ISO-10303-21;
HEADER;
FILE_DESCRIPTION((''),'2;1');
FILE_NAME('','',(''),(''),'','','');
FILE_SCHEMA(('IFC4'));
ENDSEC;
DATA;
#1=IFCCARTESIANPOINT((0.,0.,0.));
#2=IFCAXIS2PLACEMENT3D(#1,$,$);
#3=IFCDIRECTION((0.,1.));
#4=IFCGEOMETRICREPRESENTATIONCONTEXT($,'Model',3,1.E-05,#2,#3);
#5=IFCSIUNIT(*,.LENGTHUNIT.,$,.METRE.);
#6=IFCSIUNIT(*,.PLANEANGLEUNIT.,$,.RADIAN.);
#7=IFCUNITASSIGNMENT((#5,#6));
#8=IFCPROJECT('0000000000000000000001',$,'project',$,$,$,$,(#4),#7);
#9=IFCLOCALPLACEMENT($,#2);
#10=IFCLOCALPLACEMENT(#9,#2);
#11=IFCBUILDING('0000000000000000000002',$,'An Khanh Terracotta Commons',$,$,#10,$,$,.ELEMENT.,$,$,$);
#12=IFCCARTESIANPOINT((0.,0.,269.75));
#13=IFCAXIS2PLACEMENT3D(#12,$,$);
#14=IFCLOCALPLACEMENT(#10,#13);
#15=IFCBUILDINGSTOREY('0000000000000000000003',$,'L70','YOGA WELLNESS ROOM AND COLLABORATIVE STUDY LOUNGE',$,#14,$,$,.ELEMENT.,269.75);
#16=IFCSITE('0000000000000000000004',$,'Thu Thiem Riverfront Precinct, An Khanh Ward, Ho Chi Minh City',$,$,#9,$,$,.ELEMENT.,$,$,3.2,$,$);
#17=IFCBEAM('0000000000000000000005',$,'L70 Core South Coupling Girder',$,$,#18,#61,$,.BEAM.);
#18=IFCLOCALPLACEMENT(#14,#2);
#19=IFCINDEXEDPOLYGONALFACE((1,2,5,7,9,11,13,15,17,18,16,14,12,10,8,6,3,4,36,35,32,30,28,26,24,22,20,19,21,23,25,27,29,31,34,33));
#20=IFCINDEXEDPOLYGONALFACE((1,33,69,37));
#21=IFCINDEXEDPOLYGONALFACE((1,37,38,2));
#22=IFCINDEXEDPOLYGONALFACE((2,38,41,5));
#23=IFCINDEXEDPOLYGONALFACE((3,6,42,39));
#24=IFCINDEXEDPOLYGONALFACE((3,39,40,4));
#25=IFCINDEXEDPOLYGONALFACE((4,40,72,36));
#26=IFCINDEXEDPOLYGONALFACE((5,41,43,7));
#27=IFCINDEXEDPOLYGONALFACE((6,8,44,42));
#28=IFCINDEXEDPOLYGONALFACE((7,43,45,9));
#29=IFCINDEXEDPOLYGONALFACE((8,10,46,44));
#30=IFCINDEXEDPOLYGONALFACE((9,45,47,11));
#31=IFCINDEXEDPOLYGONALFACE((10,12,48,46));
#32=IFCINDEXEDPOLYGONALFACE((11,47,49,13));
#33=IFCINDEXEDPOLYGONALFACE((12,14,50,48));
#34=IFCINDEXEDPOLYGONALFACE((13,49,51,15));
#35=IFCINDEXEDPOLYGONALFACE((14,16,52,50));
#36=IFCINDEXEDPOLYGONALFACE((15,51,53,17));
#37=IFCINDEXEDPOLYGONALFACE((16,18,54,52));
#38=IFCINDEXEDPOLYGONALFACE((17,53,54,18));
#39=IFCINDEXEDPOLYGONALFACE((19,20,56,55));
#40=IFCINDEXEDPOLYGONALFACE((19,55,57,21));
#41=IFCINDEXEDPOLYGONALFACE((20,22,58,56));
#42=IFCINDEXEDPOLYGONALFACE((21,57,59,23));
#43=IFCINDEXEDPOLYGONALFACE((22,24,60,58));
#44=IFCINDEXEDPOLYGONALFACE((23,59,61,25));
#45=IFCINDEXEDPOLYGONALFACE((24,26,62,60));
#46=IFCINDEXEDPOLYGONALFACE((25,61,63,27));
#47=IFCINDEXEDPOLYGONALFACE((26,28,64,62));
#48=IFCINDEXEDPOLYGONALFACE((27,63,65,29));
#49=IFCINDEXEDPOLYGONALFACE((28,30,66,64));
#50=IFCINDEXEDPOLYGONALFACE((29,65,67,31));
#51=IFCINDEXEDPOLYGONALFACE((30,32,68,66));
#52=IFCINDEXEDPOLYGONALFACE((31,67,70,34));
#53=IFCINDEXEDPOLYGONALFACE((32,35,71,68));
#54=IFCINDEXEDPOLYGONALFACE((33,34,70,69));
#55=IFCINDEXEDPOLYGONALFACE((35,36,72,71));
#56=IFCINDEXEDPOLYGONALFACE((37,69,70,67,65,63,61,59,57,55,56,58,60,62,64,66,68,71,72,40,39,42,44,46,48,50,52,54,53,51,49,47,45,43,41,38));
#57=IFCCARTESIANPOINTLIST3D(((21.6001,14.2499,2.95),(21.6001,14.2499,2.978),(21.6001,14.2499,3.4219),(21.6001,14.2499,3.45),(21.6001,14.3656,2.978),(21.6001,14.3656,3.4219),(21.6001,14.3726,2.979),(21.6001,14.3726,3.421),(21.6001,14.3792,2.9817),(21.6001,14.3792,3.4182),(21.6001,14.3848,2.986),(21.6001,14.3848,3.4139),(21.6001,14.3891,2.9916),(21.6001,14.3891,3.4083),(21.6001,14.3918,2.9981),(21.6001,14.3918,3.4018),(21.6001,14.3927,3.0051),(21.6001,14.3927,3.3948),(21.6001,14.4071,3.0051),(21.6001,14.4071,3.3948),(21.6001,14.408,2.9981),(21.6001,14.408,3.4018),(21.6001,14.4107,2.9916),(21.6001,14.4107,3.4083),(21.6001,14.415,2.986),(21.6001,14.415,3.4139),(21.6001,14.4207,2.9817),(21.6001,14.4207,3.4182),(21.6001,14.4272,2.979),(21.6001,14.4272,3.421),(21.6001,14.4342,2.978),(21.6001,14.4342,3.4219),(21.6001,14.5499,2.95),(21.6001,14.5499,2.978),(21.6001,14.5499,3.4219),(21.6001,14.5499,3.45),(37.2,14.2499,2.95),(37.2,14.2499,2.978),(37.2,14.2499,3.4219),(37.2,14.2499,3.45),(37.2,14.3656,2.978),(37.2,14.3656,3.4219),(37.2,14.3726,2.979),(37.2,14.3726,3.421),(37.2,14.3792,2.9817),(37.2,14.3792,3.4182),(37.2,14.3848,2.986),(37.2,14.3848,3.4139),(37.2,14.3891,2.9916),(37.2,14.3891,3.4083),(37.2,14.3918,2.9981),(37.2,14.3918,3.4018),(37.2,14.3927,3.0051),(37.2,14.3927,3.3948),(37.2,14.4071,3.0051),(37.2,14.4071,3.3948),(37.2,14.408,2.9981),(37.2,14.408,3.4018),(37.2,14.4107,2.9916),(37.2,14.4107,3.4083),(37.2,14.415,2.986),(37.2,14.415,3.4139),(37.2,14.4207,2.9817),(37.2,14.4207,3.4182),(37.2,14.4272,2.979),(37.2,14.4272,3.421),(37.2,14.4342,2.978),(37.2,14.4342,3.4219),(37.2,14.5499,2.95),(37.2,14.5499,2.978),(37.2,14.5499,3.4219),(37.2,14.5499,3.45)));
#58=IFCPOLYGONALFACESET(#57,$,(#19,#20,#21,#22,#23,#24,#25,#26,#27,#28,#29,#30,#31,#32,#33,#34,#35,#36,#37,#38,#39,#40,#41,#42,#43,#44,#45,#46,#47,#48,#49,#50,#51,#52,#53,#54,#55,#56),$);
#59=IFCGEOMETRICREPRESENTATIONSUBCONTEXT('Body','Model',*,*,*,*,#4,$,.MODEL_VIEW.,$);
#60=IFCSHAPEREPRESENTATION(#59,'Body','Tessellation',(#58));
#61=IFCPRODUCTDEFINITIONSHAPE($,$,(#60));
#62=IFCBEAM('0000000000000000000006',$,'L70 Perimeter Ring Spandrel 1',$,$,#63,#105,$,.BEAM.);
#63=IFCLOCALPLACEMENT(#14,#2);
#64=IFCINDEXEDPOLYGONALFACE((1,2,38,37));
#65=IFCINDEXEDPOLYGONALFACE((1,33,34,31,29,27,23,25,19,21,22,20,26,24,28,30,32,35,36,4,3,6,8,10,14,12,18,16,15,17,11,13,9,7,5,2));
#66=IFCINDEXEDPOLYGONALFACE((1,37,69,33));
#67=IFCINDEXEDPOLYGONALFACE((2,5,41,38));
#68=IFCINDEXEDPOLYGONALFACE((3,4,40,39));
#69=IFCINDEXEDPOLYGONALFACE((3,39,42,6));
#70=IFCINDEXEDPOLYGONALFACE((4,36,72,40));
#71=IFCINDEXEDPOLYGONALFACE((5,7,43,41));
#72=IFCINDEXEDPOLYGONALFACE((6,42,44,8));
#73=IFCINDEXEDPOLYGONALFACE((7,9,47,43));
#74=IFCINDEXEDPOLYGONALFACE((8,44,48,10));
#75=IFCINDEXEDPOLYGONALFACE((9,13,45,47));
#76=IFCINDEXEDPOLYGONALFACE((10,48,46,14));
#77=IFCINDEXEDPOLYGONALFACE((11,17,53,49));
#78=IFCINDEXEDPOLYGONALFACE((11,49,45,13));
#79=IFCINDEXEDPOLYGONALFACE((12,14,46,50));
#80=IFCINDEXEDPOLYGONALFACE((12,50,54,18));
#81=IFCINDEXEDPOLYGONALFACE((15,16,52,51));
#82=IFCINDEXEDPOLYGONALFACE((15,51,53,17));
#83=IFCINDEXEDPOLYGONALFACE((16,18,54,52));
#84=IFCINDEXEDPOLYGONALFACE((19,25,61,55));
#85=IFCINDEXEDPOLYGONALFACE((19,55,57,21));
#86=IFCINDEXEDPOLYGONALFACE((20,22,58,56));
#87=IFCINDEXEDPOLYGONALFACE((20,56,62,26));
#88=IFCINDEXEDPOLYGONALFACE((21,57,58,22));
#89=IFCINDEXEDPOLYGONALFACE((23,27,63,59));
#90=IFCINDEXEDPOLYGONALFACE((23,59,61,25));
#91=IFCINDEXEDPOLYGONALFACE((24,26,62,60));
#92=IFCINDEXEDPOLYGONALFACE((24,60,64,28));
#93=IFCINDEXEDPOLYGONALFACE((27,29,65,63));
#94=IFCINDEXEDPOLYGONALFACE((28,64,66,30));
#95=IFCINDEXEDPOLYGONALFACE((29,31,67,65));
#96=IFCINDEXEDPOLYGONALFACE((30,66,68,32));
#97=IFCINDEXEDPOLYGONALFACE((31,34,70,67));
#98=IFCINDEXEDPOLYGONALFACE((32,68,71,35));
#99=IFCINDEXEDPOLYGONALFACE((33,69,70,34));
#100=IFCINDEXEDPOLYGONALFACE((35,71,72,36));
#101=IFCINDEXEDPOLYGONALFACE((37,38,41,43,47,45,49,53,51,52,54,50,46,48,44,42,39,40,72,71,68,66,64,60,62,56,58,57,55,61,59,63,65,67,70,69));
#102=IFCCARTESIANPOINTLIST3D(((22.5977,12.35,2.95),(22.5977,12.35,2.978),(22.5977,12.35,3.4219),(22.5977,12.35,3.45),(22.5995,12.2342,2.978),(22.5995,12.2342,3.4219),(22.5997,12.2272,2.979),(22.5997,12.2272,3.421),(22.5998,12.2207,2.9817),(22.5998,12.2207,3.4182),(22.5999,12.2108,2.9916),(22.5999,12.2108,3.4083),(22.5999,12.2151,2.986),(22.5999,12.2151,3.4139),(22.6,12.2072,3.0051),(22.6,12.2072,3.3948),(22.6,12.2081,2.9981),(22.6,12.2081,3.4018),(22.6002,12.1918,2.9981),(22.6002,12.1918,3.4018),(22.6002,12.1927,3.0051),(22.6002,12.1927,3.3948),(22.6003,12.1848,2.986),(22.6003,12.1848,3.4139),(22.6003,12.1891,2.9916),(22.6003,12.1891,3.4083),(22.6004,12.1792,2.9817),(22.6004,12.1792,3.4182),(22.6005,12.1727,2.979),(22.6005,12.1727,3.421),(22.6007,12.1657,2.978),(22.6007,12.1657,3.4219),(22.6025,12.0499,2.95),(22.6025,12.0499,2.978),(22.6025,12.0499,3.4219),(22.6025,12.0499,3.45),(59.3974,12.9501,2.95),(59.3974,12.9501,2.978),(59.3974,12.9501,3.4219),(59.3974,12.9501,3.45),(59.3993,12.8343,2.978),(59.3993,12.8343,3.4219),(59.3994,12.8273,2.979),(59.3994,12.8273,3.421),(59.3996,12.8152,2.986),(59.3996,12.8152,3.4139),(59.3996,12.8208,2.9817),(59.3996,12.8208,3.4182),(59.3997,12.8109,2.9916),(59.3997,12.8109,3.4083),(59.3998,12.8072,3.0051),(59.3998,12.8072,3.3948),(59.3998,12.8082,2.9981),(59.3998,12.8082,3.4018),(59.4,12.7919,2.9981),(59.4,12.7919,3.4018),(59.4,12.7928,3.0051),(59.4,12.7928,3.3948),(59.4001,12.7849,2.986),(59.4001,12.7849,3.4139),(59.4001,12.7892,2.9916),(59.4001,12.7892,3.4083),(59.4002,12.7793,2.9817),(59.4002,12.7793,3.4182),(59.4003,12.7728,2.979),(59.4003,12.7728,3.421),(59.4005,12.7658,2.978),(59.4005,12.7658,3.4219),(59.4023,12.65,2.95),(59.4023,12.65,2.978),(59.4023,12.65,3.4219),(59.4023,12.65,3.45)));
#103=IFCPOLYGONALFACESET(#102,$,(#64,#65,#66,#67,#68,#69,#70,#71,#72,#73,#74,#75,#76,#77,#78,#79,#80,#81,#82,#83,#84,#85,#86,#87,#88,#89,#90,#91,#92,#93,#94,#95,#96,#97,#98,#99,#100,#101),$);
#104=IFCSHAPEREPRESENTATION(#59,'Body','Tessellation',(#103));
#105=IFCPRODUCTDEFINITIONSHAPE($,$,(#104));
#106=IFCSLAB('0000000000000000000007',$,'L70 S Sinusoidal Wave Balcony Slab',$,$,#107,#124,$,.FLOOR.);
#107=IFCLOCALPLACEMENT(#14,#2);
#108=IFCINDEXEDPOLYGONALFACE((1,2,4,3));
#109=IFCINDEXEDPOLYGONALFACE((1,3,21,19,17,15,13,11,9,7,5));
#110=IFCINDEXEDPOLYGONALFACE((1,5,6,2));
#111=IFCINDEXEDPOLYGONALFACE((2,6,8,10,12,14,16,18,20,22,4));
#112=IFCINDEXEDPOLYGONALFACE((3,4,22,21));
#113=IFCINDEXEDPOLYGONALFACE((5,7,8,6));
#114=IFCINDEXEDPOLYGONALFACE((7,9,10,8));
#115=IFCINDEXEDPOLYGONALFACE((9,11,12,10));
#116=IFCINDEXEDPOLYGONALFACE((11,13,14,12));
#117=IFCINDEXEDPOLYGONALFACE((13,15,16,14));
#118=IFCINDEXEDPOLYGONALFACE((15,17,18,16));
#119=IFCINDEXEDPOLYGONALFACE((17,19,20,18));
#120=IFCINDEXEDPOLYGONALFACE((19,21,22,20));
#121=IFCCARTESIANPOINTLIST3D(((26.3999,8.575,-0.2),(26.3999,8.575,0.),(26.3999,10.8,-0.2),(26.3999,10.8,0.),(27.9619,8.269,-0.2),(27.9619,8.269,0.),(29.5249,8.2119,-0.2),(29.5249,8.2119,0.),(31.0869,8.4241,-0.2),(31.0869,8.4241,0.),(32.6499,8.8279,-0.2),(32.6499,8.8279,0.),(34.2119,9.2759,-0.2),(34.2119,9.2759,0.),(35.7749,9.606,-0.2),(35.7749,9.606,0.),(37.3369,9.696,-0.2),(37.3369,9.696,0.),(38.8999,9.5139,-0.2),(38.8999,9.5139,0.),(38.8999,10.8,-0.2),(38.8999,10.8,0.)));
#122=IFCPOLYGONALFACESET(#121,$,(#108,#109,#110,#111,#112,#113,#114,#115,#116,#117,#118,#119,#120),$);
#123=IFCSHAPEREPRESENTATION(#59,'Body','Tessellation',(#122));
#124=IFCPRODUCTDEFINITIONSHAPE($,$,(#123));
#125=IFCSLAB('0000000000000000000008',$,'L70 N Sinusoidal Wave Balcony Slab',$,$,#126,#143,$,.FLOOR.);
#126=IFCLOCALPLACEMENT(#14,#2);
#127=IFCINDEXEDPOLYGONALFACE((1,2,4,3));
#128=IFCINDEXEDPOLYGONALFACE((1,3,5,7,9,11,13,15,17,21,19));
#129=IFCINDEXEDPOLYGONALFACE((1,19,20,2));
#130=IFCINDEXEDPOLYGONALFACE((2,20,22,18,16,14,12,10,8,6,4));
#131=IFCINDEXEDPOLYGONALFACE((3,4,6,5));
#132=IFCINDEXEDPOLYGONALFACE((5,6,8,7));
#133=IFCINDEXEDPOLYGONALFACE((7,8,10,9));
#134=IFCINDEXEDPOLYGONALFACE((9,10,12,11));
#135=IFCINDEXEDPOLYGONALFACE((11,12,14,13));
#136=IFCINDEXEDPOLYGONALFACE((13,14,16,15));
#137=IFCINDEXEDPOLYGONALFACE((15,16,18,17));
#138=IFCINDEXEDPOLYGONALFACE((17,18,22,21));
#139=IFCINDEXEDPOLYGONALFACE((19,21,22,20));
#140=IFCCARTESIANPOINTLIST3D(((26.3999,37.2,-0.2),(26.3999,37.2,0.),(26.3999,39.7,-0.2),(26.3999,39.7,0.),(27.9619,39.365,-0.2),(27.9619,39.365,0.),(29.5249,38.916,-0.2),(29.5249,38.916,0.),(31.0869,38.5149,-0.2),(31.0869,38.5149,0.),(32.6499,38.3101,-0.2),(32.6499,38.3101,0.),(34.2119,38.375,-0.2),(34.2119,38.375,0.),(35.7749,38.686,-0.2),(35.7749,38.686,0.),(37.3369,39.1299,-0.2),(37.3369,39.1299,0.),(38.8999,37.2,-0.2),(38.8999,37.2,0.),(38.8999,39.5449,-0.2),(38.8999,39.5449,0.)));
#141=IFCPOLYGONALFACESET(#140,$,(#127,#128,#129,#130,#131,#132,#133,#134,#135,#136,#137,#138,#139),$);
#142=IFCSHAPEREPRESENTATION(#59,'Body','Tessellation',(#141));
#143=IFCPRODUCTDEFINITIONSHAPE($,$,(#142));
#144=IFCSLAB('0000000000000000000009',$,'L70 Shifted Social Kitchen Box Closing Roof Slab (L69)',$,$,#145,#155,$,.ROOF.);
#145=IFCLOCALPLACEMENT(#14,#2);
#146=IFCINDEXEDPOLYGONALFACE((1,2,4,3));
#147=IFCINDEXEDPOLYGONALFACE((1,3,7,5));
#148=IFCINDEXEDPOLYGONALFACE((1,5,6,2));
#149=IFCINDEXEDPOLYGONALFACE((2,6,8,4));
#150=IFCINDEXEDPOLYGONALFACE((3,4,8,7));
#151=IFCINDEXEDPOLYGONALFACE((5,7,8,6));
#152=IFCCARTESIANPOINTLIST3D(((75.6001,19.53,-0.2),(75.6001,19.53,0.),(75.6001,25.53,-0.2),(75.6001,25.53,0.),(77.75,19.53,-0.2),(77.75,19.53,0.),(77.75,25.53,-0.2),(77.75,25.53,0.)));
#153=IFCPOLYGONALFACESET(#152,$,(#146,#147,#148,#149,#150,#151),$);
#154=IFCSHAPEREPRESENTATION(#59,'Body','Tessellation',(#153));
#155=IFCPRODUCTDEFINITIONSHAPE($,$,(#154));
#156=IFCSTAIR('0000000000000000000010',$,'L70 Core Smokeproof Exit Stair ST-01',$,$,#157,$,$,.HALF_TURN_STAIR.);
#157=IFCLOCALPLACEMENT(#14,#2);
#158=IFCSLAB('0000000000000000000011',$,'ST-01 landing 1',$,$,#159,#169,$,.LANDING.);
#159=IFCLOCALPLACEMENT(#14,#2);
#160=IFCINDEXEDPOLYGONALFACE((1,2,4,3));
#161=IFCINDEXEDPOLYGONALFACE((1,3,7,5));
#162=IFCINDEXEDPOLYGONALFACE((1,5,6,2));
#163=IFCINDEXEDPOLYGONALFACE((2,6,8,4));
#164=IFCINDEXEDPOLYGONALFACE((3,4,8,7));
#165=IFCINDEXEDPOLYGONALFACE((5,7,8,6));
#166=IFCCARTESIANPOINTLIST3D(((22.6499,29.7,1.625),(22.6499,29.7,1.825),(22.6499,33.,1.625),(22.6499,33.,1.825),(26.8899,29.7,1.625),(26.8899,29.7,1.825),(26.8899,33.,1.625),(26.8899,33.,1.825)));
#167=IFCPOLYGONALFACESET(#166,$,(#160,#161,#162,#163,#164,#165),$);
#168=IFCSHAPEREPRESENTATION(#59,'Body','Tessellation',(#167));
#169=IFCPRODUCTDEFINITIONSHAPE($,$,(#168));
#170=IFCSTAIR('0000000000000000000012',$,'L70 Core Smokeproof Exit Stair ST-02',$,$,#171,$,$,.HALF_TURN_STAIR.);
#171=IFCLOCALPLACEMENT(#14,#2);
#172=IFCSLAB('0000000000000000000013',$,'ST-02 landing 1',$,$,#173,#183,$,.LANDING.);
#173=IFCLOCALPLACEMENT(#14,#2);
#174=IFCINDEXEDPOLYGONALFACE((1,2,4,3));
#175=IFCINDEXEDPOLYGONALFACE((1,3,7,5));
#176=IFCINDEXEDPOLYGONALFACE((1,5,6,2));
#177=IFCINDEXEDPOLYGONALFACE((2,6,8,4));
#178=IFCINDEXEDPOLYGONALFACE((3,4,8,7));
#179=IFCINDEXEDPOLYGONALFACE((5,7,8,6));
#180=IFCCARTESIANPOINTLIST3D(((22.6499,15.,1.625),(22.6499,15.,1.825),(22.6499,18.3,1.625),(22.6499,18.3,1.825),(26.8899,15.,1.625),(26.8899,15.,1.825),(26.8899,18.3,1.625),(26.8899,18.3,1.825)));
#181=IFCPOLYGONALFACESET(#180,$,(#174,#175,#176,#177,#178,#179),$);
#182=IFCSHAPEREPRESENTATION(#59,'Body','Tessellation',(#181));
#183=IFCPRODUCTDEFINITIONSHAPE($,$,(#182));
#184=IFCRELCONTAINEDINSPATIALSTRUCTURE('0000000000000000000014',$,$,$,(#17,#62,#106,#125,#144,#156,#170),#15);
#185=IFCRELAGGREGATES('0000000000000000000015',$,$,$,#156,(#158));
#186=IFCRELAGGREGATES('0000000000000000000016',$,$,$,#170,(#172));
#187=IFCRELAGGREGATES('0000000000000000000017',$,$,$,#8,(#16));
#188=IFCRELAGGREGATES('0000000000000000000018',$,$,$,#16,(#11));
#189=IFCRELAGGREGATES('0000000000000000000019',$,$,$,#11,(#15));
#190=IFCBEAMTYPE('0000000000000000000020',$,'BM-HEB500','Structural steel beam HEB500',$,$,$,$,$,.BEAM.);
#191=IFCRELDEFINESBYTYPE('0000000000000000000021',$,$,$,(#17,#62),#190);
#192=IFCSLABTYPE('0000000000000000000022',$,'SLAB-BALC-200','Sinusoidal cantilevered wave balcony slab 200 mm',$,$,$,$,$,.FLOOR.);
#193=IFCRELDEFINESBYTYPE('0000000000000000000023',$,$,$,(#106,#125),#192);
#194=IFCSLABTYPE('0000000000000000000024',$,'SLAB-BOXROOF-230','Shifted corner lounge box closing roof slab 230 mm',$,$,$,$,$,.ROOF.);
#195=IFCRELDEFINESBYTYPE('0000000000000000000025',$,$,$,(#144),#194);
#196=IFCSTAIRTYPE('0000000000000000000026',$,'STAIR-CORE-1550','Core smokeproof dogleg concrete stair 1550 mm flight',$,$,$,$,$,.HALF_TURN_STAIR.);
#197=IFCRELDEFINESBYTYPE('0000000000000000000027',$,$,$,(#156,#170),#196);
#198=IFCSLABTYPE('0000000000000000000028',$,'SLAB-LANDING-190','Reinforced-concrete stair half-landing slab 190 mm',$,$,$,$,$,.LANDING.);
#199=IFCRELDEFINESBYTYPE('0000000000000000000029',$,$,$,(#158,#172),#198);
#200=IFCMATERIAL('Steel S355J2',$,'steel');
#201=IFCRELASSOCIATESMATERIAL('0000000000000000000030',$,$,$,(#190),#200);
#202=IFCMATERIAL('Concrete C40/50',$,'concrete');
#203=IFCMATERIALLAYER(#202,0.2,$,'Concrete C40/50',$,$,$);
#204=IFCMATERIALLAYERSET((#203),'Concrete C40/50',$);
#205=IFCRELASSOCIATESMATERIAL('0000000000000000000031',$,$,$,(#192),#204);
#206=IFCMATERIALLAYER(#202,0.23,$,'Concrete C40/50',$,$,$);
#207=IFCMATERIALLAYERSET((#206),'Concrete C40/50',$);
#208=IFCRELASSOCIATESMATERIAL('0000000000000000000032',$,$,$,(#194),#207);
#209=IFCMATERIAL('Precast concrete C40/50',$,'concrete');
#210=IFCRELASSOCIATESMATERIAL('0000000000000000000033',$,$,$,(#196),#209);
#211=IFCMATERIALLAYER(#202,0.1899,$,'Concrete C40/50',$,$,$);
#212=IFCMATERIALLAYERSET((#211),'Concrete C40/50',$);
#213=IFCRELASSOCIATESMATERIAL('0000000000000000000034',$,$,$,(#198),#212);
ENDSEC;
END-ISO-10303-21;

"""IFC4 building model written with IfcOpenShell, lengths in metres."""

from ifc_helpers import new_model, si_unit, direction, frame, origin, origin_2d, place, context, subcontext, project, spatial, polyline, i_section, outline, extrude, material, layer, layer_set, material_profile, profile_set, type_object, element, aggregate, save


model = new_model("IFC4")

# Units and contexts
model_context = context("Model", 3, precision=1e-05, world=origin(), true_north=direction((0.0, 1.0)))
body_context = subcontext(model_context, "Body", "Model", "MODEL_VIEW")
ifc_project = project(units=[si_unit("LENGTHUNIT", "METRE"), si_unit("PLANEANGLEUNIT", "RADIAN")], contexts=[model_context])

# Site, building, storey
site_placement = place(None, origin())
site = spatial("IfcSite", under=ifc_project, at=site_placement, Name="Thu Thiem Riverfront Precinct, An Khanh Ward, Ho Chi Minh City", CompositionType="ELEMENT", RefElevation=3.2)
building_placement = place(site_placement, origin())
building = spatial("IfcBuilding", under=site, at=building_placement, Name="An Khanh Terracotta Commons", CompositionType="ELEMENT")
storey_placement = place(building_placement, frame((0.0, 0.0, 269.75)))
storey = spatial("IfcBuildingStorey", under=building, at=storey_placement, Name="L70", Description="YOGA WELLNESS ROOM AND COLLABORATIVE STUDY LOUNGE", CompositionType="ELEMENT", Elevation=269.75)

# Beams
ifc_material_1 = material(Name="Steel S355J2", Category="steel")
ifc_material_profile_1 = material_profile(ifc_material_1, i_section(OverallWidth=0.3, OverallDepth=0.5, WebThickness=0.0144, FlangeThickness=0.0281, FilletRadius=0.0271, at=origin_2d()), Name="HEB500")
ifc_profile_set_1 = profile_set([ifc_material_profile_1], Name="Steel S355J2")
beam_type_1 = type_object("IfcBeamType", Name="BM-HEB500", Description="Structural steel beam HEB500", PredefinedType="BEAM", material=ifc_profile_set_1)
beam_1_placement = place(storey_placement, frame((21.6001, 14.3999, 3.2), z_axis=(1.0, 0.0, 0.0), x_axis=(0.0, 1.0, 0.0)))
element("IfcBeam", 1, at=beam_1_placement, inside=storey, type_object=beam_type_1, Name="L70 Core South Coupling Girder", PredefinedType="BEAM", context=body_context, shape_type="SweptSolid", body=[
    extrude(i_section(OverallWidth=0.3, OverallDepth=0.5, WebThickness=0.0144, FlangeThickness=0.0281, FilletRadius=0.0271, at=origin_2d()), origin(), (0.0, 0.0, 1.0), 15.5999),
])
beam_2_placement = place(storey_placement, frame((22.6001, 12.2, 3.2), z_axis=(0.999867, 0.016305, 0.0), x_axis=(-0.016305, 0.999867, 0.0)))
element("IfcBeam", 2, at=beam_2_placement, inside=storey, type_object=beam_type_1, Name="L70 Perimeter Ring Spandrel 1", PredefinedType="BEAM", context=body_context, shape_type="SweptSolid", body=[
    extrude(i_section(OverallWidth=0.3, OverallDepth=0.5, WebThickness=0.0144, FlangeThickness=0.0281, FilletRadius=0.0271, at=origin_2d()), origin(), (0.0, 0.0, 1.0), 36.8047),
])

# Slabs
ifc_material_2 = material(Name="Concrete C40/50", Category="concrete")
ifc_layer_1 = layer(ifc_material_2, 0.2, Name="Concrete C40/50")
ifc_layer_set_1 = layer_set([ifc_layer_1], Name="Concrete C40/50")
slab_type_1 = type_object("IfcSlabType", Name="SLAB-BALC-200", Description="Sinusoidal cantilevered wave balcony slab 200 mm", PredefinedType="FLOOR", material=ifc_layer_set_1)
slab_1_placement = place(storey_placement, frame((0.0, 0.0, -0.2)))
element("IfcSlab", 3, at=slab_1_placement, inside=storey, type_object=slab_type_1, Name="L70 S Sinusoidal Wave Balcony Slab", PredefinedType="FLOOR", context=body_context, shape_type="SweptSolid", body=[
    extrude(outline(polyline([(26.3999, 10.8), (26.3999, 8.575), (27.9619, 8.269), (29.5249, 8.2119), (31.0869, 8.4241), (32.6499, 8.8279), (34.2119, 9.2759), (35.7749, 9.606), (37.3369, 9.696), (38.8999, 9.5139), (38.8999, 10.8), (26.3999, 10.8)])), origin(), (0.0, 0.0, 1.0), 0.2),
])
slab_2_placement = place(storey_placement, frame((0.0, 0.0, -0.2)))
element("IfcSlab", 4, at=slab_2_placement, inside=storey, type_object=slab_type_1, Name="L70 N Sinusoidal Wave Balcony Slab", PredefinedType="FLOOR", context=body_context, shape_type="SweptSolid", body=[
    extrude(outline(polyline([(38.8999, 37.2), (38.8999, 39.5449), (37.3369, 39.1299), (35.7749, 38.686), (34.2119, 38.375), (32.6499, 38.3101), (31.0869, 38.5149), (29.5249, 38.916), (27.9619, 39.365), (26.3999, 39.7), (26.3999, 37.2), (38.8999, 37.2)])), origin(), (0.0, 0.0, 1.0), 0.2),
])
ifc_layer_2 = layer(ifc_material_2, 0.23, Name="Concrete C40/50")
ifc_layer_set_2 = layer_set([ifc_layer_2], Name="Concrete C40/50")
slab_type_2 = type_object("IfcSlabType", Name="SLAB-BOXROOF-230", Description="Shifted corner lounge box closing roof slab 230 mm", PredefinedType="ROOF", material=ifc_layer_set_2)
slab_3_placement = place(storey_placement, frame((0.0, 0.0, -0.2)))
element("IfcSlab", 5, at=slab_3_placement, inside=storey, type_object=slab_type_2, Name="L70 Shifted Social Kitchen Box Closing Roof Slab (L69)", PredefinedType="ROOF", context=body_context, shape_type="SweptSolid", body=[
    extrude(outline(polyline([(75.6001, 19.53), (77.75, 19.53), (77.75, 25.53), (75.6001, 25.53), (75.6001, 19.53)])), origin(), (0.0, 0.0, 1.0), 0.2),
])

# Stairs, slabs
ifc_material_3 = material(Name="Precast concrete C40/50", Category="concrete")
stair_type = type_object("IfcStairType", Name="STAIR-CORE-1550", Description="Core smokeproof dogleg concrete stair 1550 mm flight", PredefinedType="HALF_TURN_STAIR", material=ifc_material_3)
stair_1_placement = place(storey_placement, origin())
stair_1 = element("IfcStair", 6, at=stair_1_placement, inside=storey, type_object=stair_type, Name="L70 Core Smokeproof Exit Stair ST-01", PredefinedType="HALF_TURN_STAIR")
ifc_layer_3 = layer(ifc_material_2, 0.1899, Name="Concrete C40/50")
ifc_layer_set_3 = layer_set([ifc_layer_3], Name="Concrete C40/50")
slab_type_3 = type_object("IfcSlabType", Name="SLAB-LANDING-190", Description="Reinforced-concrete stair half-landing slab 190 mm", PredefinedType="LANDING", material=ifc_layer_set_3)
slab_4_placement = place(storey_placement, frame((0.0, 0.0, 1.625)))
slab_4 = element("IfcSlab", 7, at=slab_4_placement, type_object=slab_type_3, Name="ST-01 landing 1", PredefinedType="LANDING", context=body_context, shape_type="SweptSolid", body=[
    extrude(outline(polyline([(26.8899, 33.0), (22.6499, 33.0), (22.6499, 29.7), (26.8899, 29.7), (26.8899, 33.0)])), origin(), (0.0, 0.0, 1.0), 0.2),
])
aggregate(stair_1, [slab_4])
stair_2_placement = place(storey_placement, origin())
stair_2 = element("IfcStair", 8, at=stair_2_placement, inside=storey, type_object=stair_type, Name="L70 Core Smokeproof Exit Stair ST-02", PredefinedType="HALF_TURN_STAIR")
slab_5_placement = place(storey_placement, frame((0.0, 0.0, 1.625)))
slab_5 = element("IfcSlab", 9, at=slab_5_placement, type_object=slab_type_3, Name="ST-02 landing 1", PredefinedType="LANDING", context=body_context, shape_type="SweptSolid", body=[
    extrude(outline(polyline([(26.8899, 18.3), (22.6499, 18.3), (22.6499, 15.0), (26.8899, 15.0), (26.8899, 18.3)])), origin(), (0.0, 0.0, 1.0), 0.2),
])

aggregate(stair_2, [slab_5])

save(model, "model.ifc")
